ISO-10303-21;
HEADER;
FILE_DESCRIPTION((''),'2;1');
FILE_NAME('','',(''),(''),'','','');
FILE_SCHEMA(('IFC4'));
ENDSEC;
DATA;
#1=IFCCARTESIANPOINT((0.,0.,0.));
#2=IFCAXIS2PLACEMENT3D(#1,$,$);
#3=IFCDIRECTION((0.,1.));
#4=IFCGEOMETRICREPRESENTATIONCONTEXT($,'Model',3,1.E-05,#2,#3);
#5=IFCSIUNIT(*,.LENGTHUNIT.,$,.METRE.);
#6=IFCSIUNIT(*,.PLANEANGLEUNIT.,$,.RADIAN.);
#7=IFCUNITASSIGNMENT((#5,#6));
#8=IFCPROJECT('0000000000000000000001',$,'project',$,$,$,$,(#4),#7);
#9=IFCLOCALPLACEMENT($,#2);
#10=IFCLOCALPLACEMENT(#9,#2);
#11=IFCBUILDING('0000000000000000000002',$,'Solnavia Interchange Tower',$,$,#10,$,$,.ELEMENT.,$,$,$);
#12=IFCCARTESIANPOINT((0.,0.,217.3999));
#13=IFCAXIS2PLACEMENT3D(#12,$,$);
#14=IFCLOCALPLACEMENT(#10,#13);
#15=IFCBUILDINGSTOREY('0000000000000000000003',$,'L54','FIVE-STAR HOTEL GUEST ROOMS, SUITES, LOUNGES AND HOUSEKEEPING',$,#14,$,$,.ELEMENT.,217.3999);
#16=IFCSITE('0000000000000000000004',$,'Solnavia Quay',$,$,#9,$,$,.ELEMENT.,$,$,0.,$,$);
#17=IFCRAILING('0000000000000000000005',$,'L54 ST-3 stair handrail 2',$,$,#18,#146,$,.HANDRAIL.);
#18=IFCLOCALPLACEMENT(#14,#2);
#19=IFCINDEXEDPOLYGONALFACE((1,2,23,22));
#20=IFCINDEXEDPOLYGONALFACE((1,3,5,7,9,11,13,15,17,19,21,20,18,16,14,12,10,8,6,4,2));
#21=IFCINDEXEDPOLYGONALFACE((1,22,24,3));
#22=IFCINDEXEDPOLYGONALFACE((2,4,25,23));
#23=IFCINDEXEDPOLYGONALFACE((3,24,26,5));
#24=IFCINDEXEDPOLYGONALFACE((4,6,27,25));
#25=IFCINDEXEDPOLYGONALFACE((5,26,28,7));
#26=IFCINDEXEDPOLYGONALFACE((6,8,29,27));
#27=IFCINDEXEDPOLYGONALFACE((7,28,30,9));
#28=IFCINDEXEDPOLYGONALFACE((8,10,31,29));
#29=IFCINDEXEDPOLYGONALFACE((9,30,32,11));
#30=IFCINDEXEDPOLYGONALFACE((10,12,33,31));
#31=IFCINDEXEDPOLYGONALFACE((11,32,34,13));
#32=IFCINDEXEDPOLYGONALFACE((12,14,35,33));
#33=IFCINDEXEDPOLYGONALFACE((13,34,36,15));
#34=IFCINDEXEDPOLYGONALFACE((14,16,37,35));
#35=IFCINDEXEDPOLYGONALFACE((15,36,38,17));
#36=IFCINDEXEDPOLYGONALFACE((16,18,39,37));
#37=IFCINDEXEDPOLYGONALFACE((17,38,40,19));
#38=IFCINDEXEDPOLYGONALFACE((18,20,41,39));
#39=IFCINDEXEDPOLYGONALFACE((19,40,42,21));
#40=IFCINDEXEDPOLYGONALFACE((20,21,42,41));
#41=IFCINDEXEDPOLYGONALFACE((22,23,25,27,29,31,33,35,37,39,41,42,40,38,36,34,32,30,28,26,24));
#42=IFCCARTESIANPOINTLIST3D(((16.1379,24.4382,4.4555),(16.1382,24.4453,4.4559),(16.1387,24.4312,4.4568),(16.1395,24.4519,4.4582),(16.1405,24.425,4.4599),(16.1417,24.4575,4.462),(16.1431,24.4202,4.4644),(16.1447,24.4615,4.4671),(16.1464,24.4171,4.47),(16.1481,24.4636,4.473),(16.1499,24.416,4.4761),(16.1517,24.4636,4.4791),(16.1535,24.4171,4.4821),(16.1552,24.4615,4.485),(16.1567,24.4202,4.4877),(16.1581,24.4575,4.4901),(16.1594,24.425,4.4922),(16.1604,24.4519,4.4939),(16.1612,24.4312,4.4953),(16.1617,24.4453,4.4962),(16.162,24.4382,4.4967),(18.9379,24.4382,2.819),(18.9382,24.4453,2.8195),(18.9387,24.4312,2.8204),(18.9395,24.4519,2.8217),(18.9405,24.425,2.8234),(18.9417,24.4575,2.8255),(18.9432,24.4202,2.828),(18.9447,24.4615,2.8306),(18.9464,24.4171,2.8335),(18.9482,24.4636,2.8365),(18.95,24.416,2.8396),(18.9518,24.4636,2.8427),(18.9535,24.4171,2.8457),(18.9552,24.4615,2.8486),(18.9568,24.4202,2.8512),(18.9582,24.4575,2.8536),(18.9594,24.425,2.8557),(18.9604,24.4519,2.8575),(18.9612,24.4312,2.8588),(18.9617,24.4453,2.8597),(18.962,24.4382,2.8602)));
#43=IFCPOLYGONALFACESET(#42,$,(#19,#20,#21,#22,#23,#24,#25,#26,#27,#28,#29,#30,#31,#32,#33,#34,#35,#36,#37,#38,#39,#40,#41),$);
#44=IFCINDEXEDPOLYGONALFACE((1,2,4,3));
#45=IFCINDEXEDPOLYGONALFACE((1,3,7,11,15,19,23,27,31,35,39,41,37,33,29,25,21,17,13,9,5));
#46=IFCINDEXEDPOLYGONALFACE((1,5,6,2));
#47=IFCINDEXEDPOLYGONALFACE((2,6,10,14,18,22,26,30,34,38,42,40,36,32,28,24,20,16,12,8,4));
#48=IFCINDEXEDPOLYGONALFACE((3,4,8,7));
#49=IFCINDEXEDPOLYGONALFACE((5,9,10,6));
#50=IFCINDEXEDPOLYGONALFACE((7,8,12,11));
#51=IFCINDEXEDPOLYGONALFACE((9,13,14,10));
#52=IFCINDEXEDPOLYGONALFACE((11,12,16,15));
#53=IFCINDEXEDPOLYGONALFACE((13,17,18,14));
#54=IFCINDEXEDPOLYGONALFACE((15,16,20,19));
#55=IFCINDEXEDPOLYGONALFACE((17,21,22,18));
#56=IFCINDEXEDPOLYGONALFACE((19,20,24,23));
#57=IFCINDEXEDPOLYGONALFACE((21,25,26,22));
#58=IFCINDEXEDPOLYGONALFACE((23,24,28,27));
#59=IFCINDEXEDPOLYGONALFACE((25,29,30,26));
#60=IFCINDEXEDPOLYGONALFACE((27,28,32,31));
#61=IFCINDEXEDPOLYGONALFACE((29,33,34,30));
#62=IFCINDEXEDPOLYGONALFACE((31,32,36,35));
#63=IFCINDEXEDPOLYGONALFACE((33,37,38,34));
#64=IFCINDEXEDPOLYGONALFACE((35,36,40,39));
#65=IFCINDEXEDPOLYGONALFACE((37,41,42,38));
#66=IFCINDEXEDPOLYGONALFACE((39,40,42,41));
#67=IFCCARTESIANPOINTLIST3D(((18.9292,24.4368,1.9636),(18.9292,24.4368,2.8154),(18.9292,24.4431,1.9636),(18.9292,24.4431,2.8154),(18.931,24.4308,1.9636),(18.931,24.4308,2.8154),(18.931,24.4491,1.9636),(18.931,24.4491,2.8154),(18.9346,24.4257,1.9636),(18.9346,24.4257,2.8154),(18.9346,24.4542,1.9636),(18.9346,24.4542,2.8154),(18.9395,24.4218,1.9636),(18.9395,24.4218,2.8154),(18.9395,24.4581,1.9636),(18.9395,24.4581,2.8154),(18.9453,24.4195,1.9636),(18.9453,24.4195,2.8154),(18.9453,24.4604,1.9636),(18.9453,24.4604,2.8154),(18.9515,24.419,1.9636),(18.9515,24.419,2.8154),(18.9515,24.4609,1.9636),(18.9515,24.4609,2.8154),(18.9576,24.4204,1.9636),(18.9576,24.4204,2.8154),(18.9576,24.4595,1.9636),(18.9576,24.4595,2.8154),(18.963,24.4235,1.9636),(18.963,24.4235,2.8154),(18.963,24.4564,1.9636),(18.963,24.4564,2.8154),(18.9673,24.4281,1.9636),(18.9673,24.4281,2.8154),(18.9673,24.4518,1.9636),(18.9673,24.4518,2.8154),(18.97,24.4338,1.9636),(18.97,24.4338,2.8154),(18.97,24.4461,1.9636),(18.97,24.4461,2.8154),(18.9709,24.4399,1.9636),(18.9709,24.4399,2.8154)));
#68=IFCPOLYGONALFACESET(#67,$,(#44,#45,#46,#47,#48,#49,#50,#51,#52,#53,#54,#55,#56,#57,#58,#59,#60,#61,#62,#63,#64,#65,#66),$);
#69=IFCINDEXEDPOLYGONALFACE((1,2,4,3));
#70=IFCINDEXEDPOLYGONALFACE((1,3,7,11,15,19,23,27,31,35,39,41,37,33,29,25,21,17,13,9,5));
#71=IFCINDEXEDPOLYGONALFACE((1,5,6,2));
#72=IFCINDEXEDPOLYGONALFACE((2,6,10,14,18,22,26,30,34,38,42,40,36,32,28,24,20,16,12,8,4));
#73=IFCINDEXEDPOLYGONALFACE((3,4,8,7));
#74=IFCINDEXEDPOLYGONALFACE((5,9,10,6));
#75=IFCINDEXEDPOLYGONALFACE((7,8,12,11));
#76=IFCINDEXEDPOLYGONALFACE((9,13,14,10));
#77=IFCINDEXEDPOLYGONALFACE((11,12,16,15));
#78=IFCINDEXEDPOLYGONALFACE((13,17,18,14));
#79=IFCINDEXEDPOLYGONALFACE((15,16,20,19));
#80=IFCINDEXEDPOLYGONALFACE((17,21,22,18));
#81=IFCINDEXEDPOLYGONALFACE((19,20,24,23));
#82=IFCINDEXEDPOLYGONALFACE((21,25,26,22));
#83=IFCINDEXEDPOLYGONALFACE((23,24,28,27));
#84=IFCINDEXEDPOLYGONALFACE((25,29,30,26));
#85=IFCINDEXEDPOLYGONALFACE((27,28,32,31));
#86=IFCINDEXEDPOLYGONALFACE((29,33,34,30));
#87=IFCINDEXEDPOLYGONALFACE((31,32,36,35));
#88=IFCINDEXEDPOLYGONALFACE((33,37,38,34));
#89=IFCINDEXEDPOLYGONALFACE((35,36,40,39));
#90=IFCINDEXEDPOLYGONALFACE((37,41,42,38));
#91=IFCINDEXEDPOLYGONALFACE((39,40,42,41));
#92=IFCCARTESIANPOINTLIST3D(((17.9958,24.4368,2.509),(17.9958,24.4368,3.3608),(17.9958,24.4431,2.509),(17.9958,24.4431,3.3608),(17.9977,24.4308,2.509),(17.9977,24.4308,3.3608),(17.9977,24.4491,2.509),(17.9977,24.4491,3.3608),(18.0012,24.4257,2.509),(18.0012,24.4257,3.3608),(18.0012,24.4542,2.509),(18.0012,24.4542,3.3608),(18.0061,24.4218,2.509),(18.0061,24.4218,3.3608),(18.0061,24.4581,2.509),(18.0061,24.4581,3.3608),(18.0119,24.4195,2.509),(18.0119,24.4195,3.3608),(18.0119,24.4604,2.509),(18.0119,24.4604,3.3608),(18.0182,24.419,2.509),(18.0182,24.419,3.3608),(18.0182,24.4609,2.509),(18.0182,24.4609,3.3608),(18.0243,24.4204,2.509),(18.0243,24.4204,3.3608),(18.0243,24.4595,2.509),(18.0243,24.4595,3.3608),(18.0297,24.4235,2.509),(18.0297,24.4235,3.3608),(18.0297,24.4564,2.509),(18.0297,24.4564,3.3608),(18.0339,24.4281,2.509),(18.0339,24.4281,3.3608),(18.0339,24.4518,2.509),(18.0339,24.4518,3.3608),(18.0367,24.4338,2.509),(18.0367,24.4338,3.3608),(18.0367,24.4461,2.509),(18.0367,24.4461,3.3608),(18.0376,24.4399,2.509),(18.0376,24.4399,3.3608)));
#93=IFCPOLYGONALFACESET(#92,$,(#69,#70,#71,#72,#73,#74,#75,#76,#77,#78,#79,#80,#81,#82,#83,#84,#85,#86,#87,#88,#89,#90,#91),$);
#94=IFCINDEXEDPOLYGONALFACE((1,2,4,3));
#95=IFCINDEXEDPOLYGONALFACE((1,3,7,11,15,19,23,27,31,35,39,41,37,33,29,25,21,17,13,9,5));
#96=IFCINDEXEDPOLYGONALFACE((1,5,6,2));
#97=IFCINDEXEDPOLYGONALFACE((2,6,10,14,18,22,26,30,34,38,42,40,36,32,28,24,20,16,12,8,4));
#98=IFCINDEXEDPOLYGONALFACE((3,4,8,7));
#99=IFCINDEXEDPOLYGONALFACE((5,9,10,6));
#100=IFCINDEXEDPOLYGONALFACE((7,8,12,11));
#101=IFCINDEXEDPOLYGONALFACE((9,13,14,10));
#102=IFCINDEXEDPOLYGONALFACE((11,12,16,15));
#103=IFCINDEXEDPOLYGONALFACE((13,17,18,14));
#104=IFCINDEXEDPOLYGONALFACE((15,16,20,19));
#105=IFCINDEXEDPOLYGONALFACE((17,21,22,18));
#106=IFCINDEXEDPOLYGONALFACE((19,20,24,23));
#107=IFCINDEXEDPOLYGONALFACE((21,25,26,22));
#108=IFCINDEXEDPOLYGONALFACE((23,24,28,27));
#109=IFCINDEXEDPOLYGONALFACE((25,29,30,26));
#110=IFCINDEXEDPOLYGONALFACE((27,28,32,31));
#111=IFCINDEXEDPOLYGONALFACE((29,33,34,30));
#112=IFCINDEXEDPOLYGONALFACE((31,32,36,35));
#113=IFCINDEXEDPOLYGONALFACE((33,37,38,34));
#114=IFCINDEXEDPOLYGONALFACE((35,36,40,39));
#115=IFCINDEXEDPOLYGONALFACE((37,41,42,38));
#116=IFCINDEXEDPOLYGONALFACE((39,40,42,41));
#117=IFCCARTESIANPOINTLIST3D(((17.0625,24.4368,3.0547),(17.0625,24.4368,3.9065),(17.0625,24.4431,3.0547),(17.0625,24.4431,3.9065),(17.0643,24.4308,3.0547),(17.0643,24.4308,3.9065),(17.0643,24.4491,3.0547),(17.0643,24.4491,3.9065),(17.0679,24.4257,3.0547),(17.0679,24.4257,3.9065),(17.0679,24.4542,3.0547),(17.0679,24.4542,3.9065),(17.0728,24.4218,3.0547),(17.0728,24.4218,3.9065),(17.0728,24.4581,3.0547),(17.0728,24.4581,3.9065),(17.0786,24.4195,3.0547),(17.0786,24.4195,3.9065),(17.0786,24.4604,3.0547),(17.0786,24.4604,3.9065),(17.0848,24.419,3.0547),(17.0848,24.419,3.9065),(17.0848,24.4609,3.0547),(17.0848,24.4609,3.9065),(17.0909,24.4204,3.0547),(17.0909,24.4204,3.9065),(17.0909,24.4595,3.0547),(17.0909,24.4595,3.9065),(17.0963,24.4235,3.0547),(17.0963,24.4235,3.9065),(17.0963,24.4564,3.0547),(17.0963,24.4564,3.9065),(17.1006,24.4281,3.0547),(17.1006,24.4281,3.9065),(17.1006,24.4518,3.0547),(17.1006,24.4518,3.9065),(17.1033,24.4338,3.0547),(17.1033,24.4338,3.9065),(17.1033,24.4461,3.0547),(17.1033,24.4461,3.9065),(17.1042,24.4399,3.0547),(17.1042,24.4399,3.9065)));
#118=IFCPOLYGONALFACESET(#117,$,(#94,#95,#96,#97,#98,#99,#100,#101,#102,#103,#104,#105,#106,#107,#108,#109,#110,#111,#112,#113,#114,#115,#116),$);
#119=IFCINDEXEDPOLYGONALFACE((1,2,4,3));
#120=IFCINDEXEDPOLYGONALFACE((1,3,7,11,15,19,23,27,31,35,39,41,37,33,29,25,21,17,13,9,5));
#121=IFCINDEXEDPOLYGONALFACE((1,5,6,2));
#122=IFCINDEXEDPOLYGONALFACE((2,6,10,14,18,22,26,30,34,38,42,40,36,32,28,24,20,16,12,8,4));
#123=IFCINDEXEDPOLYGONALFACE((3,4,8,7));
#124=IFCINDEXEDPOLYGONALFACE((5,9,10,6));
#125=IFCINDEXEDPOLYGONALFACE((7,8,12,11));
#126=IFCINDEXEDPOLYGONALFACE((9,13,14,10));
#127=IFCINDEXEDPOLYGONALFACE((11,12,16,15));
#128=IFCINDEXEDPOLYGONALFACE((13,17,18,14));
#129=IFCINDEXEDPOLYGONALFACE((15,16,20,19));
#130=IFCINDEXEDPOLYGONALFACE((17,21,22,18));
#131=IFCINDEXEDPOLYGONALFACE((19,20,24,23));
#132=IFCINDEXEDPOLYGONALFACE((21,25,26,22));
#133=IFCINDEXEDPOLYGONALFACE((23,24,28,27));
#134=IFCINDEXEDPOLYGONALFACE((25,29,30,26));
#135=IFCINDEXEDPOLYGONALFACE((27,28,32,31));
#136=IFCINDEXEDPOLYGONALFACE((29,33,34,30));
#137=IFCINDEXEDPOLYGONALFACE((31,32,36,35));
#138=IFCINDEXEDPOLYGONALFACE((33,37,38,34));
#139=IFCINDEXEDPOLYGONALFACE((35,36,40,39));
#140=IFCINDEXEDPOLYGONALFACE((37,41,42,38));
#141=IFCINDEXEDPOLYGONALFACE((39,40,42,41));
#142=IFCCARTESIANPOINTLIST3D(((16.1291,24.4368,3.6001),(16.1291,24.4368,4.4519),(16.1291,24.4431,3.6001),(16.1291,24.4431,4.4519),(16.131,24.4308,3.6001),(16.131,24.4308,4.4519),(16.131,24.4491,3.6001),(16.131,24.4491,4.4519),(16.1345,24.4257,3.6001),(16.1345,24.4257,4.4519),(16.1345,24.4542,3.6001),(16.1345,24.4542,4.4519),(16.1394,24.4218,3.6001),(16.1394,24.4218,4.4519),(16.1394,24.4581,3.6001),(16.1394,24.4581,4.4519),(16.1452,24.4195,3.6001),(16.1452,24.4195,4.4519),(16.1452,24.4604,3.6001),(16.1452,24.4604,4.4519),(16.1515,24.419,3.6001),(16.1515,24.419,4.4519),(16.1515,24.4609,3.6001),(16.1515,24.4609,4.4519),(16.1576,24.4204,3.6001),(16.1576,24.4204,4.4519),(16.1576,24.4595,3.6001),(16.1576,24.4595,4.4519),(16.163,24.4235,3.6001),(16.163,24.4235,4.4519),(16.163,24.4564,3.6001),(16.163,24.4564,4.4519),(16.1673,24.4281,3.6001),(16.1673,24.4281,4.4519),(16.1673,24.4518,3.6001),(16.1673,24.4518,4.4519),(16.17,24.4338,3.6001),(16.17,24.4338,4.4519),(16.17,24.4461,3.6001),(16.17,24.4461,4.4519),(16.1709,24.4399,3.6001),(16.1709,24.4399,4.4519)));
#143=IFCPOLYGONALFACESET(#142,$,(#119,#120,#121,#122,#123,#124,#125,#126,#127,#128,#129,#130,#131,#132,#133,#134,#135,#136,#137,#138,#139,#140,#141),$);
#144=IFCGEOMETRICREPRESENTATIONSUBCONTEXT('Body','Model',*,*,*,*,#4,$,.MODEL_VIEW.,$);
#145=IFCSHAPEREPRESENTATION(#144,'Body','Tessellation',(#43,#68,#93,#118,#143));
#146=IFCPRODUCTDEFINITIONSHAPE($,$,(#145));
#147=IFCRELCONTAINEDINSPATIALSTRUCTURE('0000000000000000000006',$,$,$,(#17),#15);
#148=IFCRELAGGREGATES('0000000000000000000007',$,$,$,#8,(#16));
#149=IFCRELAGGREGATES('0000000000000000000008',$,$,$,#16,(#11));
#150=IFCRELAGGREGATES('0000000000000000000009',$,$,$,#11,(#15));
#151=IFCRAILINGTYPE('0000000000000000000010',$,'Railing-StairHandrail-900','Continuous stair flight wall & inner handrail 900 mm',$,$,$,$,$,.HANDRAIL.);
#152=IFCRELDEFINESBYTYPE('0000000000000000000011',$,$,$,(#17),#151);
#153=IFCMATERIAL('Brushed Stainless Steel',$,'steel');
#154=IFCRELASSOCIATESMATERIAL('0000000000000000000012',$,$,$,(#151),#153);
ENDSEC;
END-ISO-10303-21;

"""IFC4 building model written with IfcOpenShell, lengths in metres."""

from ifc_helpers import new_model, si_unit, direction, frame, origin, origin_2d, place, context, subcontext, project, spatial, circle, extrude, material, type_object, element, save


model = new_model("IFC4")

# Units and contexts
model_context = context("Model", 3, precision=1e-05, world=origin(), true_north=direction((0.0, 1.0)))
body_context = subcontext(model_context, "Body", "Model", "MODEL_VIEW")
ifc_project = project(units=[si_unit("LENGTHUNIT", "METRE"), si_unit("PLANEANGLEUNIT", "RADIAN")], contexts=[model_context])

# Site, building, storey
site_placement = place(None, origin())
site = spatial("IfcSite", under=ifc_project, at=site_placement, Name="Solnavia Quay", CompositionType="ELEMENT", RefElevation=0.0)
building_placement = place(site_placement, origin())
building = spatial("IfcBuilding", under=site, at=building_placement, Name="Solnavia Interchange Tower", CompositionType="ELEMENT")
storey_placement = place(building_placement, frame((0.0, 0.0, 217.3999)))
storey = spatial("IfcBuildingStorey", under=building, at=storey_placement, Name="L54", Description="FIVE-STAR HOTEL GUEST ROOMS, SUITES, LOUNGES AND HOUSEKEEPING", CompositionType="ELEMENT", Elevation=217.3999)

# Railing
ifc_material_1 = material(Name="Brushed Stainless Steel", Category="steel")
railing_type_1 = type_object("IfcRailingType", Name="Railing-StairHandrail-900", Description="Continuous stair flight wall & inner handrail 900 mm", PredefinedType="HANDRAIL", material=ifc_material_1)
railing_1_placement = place(storey_placement, frame((18.95, 24.4399, 1.9636)))
element("IfcRailing", 1, at=railing_1_placement, inside=storey, type_object=railing_type_1, Name="L54 ST-3 stair handrail 2", PredefinedType="HANDRAIL", context=body_context, shape_type="SweptSolid", body=[
    extrude(circle(Radius=0.0239, at=origin_2d()), frame((0.0, 0.0, 0.876), z_axis=(-0.863361, 0.0, 0.504587), x_axis=(0.0, -1.0, 0.0)), (0.0, 0.0, 1.0), 3.2432),
    extrude(circle(Radius=0.021, at=origin_2d()), origin(), (0.0, 0.0, 1.0), 0.8518),
    extrude(circle(Radius=0.021, at=origin_2d()), frame((-0.9333, 0.0, 0.5454)), (0.0, 0.0, 1.0), 0.8518),
    extrude(circle(Radius=0.021, at=origin_2d()), frame((-1.8667, 0.0, 1.0911)), (0.0, 0.0, 1.0), 0.8518),
    extrude(circle(Radius=0.021, at=origin_2d()), frame((-2.8, 0.0, 1.6365)), (0.0, 0.0, 1.0), 0.8518),
])

save(model, "model.ifc")
